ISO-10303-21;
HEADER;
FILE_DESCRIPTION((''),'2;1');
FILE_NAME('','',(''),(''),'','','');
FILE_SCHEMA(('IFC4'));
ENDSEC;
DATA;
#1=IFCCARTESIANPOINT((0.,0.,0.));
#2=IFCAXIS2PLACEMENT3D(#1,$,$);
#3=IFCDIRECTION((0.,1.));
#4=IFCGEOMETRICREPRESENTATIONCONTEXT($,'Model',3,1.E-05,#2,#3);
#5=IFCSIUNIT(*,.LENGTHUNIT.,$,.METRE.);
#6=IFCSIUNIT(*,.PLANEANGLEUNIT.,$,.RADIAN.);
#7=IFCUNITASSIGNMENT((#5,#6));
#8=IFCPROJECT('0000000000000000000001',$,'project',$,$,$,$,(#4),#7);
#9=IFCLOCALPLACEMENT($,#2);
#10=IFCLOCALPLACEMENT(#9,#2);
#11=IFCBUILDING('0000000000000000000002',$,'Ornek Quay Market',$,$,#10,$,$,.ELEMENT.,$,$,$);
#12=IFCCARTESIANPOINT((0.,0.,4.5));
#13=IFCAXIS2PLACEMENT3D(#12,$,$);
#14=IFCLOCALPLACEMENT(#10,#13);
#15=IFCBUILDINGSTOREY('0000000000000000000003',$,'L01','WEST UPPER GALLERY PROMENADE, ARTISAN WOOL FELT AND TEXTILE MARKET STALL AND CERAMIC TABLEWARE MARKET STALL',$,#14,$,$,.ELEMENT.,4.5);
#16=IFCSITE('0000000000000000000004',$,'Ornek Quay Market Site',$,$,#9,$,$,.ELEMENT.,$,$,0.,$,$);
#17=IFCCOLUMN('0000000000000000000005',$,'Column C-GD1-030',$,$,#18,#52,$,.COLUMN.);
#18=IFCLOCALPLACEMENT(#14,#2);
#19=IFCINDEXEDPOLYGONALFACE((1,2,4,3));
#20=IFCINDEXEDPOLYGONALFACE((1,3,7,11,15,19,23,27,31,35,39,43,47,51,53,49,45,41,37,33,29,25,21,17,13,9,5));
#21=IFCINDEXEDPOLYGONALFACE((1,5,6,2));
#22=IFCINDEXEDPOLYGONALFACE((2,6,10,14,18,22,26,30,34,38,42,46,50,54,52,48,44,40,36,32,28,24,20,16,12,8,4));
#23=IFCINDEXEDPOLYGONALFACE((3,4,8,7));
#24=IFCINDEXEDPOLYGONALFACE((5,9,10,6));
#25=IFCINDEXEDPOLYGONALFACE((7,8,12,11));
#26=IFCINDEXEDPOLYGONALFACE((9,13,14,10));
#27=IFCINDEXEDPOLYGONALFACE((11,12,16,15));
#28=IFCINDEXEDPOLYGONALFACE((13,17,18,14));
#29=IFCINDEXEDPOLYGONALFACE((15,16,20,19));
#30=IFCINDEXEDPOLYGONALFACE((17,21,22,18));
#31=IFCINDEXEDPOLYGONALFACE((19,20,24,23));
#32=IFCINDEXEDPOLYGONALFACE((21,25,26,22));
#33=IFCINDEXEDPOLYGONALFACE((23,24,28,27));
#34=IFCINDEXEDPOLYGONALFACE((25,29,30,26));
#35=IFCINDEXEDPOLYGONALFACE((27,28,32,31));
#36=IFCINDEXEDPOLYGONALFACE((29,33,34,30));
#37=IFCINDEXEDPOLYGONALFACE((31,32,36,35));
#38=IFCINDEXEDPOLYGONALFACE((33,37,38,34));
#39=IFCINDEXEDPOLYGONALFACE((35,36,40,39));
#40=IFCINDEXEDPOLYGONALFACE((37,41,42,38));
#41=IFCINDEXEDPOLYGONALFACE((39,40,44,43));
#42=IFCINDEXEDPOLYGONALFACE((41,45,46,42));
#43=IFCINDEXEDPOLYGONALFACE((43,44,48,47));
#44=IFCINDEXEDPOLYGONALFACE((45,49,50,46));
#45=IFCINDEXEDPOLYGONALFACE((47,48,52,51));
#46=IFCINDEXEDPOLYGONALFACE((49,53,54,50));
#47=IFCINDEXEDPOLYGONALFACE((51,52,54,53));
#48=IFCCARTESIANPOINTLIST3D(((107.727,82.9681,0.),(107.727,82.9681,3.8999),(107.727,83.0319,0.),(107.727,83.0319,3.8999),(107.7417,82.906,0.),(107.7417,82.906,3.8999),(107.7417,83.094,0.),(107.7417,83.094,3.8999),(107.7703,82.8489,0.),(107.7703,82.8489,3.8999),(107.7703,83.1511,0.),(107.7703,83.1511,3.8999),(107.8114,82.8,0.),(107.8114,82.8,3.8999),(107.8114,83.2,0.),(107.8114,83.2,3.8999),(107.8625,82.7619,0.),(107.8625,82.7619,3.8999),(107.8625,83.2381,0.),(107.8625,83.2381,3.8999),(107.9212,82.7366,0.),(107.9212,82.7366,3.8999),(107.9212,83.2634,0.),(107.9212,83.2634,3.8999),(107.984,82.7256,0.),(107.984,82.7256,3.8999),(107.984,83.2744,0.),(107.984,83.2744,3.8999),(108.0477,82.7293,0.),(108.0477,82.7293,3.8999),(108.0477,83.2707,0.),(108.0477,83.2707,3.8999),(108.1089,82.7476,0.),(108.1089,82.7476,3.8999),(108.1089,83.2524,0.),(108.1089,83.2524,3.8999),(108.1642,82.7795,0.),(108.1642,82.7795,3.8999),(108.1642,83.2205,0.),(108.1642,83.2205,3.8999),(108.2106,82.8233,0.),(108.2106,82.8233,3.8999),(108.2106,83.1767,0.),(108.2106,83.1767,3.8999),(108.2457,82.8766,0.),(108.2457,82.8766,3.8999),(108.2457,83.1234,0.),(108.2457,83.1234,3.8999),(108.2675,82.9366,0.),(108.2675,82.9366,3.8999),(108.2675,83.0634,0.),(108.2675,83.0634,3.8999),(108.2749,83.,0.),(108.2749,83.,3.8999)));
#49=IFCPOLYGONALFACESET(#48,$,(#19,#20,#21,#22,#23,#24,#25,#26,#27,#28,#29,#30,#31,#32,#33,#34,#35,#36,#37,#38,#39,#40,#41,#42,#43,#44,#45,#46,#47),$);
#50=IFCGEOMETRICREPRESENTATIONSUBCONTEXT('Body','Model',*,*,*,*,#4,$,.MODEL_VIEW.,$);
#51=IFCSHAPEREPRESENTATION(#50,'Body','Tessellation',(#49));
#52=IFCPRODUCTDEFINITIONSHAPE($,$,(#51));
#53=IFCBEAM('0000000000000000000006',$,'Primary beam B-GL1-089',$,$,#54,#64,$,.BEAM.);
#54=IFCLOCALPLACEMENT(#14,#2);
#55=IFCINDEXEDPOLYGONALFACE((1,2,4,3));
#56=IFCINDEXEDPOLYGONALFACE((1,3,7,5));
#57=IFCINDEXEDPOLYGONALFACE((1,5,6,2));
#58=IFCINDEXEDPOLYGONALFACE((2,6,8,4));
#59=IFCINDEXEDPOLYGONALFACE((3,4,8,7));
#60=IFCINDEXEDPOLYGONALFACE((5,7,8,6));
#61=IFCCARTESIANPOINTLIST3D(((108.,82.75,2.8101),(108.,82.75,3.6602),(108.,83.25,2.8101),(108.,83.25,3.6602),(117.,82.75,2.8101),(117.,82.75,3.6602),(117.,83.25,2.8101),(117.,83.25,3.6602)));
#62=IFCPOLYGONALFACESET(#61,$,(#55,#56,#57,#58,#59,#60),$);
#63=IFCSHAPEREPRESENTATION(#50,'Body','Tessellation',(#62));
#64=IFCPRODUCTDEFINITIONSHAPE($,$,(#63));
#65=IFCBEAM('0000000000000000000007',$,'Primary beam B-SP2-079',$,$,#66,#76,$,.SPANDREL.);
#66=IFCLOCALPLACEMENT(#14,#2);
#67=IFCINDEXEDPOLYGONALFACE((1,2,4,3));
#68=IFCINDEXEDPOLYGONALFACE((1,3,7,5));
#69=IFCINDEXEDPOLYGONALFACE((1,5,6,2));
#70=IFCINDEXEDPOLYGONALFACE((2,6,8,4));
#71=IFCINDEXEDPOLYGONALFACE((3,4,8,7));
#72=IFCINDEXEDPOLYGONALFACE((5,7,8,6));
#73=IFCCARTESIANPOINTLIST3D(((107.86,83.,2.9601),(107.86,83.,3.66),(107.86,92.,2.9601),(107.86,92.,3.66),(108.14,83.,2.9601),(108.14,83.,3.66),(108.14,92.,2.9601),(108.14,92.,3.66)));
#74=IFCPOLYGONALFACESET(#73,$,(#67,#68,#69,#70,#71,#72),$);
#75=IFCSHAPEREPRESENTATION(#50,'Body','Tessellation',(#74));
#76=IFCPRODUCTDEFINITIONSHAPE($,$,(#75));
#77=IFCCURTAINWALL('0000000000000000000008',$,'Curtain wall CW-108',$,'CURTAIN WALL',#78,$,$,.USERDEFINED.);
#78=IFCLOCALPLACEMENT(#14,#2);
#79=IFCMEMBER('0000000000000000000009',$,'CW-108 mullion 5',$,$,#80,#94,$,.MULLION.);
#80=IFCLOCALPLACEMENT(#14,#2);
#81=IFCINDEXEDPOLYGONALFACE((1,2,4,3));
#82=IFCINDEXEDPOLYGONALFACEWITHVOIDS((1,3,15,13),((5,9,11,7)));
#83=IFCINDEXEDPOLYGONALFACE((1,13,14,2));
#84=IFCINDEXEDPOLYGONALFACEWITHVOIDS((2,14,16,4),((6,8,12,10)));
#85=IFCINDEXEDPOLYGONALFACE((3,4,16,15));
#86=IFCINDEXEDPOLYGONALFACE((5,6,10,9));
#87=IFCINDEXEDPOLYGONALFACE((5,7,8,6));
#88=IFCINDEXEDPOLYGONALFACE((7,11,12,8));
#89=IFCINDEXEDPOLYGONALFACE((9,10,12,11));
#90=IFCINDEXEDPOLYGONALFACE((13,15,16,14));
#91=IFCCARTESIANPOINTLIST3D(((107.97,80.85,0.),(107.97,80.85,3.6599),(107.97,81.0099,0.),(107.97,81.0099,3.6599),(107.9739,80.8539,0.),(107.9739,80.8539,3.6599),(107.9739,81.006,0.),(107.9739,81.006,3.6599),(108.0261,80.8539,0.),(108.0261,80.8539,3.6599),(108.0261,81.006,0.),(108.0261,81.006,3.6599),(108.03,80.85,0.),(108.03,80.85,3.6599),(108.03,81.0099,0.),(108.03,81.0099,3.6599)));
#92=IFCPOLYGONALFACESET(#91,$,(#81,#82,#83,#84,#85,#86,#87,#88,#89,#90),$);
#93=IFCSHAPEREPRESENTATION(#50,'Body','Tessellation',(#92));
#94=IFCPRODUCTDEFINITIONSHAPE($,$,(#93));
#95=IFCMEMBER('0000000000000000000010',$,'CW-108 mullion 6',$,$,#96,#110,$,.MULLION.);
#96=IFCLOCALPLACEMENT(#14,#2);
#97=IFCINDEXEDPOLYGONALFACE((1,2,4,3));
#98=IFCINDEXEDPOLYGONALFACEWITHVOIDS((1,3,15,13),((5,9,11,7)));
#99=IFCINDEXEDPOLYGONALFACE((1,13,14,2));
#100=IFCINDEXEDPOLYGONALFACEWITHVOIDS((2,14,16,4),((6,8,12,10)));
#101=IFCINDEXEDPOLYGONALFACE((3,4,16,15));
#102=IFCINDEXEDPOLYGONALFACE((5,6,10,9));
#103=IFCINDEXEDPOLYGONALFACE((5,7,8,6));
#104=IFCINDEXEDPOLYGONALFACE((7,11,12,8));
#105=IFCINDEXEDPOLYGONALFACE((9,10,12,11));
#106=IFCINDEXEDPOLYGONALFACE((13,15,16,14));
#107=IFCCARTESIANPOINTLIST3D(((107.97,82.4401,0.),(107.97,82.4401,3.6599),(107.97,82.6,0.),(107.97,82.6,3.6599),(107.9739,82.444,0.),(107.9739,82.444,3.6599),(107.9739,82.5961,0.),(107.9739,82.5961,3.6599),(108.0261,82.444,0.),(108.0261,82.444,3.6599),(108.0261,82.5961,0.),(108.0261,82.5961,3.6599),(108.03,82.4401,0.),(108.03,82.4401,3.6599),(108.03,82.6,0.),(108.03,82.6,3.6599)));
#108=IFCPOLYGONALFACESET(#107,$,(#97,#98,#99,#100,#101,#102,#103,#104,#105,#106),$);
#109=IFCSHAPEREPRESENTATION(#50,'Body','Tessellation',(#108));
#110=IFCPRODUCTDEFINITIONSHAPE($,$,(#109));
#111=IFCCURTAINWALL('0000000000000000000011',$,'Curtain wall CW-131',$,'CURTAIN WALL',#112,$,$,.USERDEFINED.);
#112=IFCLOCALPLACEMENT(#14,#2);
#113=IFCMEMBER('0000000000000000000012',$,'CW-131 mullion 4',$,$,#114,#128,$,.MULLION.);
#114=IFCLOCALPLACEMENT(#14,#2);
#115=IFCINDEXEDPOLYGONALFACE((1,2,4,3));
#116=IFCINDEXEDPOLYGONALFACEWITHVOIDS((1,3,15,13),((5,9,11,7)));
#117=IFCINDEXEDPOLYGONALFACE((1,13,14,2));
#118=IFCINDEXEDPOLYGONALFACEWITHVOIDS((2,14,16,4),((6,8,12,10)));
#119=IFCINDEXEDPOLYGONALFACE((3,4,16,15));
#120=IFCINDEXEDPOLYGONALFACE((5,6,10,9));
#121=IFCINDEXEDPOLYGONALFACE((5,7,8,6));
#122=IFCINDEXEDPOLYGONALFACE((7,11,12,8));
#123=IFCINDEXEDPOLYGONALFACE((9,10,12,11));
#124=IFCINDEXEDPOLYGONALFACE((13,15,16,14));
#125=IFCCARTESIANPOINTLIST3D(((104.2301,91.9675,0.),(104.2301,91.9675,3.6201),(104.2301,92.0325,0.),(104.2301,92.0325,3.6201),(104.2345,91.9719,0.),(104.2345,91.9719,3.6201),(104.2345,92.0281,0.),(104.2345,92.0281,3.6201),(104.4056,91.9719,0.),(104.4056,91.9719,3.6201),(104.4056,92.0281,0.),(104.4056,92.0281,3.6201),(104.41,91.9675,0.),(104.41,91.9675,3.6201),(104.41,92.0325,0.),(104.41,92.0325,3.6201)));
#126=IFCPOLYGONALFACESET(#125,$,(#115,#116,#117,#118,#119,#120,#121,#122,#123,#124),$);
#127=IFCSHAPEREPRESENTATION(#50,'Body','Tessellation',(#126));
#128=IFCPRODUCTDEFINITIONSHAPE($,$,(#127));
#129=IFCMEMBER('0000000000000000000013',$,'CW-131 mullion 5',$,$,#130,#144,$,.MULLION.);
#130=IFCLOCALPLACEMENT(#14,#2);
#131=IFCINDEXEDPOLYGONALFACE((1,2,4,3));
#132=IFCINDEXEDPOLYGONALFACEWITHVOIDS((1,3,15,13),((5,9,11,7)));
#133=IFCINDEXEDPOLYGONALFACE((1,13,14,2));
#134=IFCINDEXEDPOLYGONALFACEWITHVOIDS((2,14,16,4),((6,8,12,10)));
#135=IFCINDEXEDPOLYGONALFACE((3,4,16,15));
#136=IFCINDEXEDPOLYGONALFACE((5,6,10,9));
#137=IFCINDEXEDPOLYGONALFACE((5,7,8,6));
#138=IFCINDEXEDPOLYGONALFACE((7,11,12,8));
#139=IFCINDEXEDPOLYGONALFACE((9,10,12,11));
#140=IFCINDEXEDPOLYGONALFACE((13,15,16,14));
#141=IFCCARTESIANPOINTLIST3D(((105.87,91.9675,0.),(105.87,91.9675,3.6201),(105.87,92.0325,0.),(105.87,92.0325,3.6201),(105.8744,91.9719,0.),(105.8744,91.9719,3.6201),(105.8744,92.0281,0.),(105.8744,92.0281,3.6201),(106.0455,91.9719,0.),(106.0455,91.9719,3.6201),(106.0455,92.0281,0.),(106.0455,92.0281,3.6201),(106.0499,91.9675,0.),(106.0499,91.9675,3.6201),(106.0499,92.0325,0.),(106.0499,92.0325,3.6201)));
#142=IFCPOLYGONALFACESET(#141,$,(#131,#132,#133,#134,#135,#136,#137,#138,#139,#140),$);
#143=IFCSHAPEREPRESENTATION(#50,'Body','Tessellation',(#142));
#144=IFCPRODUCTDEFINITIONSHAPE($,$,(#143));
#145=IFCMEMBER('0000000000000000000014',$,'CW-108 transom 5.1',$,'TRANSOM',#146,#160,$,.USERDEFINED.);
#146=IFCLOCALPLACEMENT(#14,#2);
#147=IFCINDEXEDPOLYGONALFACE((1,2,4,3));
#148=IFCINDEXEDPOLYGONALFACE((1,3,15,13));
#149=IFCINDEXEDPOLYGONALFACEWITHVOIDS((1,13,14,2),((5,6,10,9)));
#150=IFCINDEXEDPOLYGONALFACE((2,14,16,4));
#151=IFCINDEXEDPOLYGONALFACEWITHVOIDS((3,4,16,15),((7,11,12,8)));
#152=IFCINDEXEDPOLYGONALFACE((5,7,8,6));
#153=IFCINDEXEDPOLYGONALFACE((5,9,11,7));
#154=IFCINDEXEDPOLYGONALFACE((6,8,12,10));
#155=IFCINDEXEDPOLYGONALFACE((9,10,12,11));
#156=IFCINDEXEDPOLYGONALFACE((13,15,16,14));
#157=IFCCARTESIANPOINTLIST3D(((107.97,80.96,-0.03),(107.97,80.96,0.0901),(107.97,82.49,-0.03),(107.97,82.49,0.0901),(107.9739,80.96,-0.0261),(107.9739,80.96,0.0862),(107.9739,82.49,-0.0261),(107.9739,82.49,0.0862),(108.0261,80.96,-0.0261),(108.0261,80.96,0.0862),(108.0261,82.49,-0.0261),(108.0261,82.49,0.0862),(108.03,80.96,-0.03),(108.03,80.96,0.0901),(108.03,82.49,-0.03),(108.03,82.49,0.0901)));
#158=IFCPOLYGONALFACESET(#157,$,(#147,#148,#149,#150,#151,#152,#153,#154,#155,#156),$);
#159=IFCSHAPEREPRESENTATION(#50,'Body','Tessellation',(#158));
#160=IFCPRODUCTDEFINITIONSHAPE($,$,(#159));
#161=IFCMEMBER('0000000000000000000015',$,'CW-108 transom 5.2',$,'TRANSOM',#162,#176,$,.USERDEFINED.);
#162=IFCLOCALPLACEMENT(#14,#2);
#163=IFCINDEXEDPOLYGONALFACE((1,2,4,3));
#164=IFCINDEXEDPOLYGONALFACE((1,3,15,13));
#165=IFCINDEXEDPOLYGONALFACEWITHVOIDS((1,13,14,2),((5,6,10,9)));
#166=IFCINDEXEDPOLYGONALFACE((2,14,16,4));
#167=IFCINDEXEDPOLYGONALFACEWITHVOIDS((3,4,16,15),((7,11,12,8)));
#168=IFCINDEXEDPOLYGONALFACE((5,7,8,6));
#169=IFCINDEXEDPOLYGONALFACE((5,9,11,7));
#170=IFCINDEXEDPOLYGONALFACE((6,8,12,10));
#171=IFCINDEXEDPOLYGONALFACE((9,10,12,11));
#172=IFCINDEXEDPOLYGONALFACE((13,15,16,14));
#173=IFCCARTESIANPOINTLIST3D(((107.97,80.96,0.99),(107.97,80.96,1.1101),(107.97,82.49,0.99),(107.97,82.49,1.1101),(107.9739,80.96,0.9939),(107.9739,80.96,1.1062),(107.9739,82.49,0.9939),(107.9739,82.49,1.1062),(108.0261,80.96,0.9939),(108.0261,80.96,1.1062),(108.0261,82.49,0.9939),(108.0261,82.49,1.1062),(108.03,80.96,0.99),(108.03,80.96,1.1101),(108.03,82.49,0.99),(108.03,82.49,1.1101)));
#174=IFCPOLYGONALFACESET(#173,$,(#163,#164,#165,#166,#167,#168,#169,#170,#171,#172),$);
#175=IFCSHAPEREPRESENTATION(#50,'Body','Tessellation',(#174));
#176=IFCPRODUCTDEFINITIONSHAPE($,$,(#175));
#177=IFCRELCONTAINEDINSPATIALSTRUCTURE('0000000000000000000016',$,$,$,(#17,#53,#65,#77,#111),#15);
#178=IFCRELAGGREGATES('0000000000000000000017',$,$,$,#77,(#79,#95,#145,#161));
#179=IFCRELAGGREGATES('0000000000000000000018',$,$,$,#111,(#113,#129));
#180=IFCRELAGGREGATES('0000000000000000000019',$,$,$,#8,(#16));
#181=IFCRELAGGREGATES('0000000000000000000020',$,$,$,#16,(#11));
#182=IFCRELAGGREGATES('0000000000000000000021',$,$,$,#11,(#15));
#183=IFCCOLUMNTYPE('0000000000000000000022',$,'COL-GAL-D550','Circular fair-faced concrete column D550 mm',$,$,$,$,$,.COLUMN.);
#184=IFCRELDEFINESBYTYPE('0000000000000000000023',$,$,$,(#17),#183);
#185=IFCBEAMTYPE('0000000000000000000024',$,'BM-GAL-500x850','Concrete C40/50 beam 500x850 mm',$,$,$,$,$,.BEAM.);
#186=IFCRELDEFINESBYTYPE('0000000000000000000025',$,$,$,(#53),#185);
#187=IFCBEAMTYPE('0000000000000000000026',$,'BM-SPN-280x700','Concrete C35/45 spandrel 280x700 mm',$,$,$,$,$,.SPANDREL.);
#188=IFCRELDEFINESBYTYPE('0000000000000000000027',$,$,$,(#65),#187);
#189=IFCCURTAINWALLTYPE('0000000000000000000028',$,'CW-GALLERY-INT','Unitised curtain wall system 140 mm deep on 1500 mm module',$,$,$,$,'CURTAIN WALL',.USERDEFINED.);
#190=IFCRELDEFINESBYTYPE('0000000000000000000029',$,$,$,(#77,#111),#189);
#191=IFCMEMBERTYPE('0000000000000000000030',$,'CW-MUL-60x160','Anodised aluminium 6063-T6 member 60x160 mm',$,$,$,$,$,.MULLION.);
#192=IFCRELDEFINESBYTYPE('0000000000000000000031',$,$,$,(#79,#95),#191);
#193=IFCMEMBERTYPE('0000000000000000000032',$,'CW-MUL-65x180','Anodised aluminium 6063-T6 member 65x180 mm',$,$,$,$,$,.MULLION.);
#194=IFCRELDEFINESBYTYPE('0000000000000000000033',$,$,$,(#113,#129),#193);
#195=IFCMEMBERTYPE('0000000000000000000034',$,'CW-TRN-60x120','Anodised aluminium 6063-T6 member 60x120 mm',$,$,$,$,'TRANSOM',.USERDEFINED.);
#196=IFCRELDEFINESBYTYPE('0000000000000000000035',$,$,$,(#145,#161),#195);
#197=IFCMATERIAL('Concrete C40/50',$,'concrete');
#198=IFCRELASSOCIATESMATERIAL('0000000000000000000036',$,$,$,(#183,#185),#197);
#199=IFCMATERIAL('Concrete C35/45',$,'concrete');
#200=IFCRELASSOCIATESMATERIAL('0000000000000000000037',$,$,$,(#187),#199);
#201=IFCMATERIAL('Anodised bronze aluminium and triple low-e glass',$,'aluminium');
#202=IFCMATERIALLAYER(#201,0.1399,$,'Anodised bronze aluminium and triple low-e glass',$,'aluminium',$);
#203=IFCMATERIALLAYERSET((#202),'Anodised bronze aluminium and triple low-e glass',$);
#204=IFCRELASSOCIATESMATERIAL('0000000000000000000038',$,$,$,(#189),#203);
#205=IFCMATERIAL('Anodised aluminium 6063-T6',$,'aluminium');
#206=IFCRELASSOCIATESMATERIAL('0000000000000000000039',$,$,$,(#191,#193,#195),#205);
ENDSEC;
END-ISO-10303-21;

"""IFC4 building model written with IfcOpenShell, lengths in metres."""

from ifc_helpers import new_model, si_unit, direction, frame, origin, origin_2d, place, context, subcontext, project, spatial, rectangle, hollow_rectangle, circle, extrude, material, layer, layer_set, material_profile, profile_set, type_object, element, aggregate, save


model = new_model("IFC4")

# Units and contexts
model_context = context("Model", 3, precision=1e-05, world=origin(), true_north=direction((0.0, 1.0)))
body_context = subcontext(model_context, "Body", "Model", "MODEL_VIEW")
ifc_project = project(units=[si_unit("LENGTHUNIT", "METRE"), si_unit("PLANEANGLEUNIT", "RADIAN")], contexts=[model_context])

# Site, building, storey
site_placement = place(None, origin())
site = spatial("IfcSite", under=ifc_project, at=site_placement, Name="Ornek Quay Market Site", CompositionType="ELEMENT", RefElevation=0.0)
building_placement = place(site_placement, origin())
building = spatial("IfcBuilding", under=site, at=building_placement, Name="Ornek Quay Market", CompositionType="ELEMENT")
storey_placement = place(building_placement, frame((0.0, 0.0, 4.5)))
storey = spatial("IfcBuildingStorey", under=building, at=storey_placement, Name="L01", Description="WEST UPPER GALLERY PROMENADE, ARTISAN WOOL FELT AND TEXTILE MARKET STALL AND CERAMIC TABLEWARE MARKET STALL", CompositionType="ELEMENT", Elevation=4.5)

# Column
ifc_material_1 = material(Name="Concrete C40/50", Category="concrete")
ifc_material_profile_1 = material_profile(ifc_material_1, circle(Radius=0.2749, at=origin_2d()), Name="RC D550", Category="concrete")
ifc_profile_set_1 = profile_set([ifc_material_profile_1], Name="Concrete C40/50")
column_type = type_object("IfcColumnType", Name="COL-GAL-D550", Description="Circular fair-faced concrete column D550 mm", PredefinedType="COLUMN", material=ifc_profile_set_1)
column_placement = place(storey_placement, frame((108.0, 83.0, 0.0), z_axis=(0.0, 0.0, 1.0), x_axis=(1.0, 0.0, 0.0)))
element("IfcColumn", 1, at=column_placement, inside=storey, type_object=column_type, Name="Column C-GD1-030", PredefinedType="COLUMN", context=body_context, shape_type="SweptSolid", body=[
    extrude(circle(Radius=0.2749, at=origin_2d()), origin(), (0.0, 0.0, 1.0), 3.8999),
])

# Beams
ifc_material_profile_2 = material_profile(ifc_material_1, rectangle(XDim=0.5, YDim=0.8501, at=origin_2d()), Name="RC 500x850", Category="concrete")
ifc_profile_set_2 = profile_set([ifc_material_profile_2], Name="Concrete C40/50")
beam_type_1 = type_object("IfcBeamType", Name="BM-GAL-500x850", Description="Concrete C40/50 beam 500x850 mm", PredefinedType="BEAM", material=ifc_profile_set_2)
beam_1_placement = place(storey_placement, frame((108.0, 83.0, 3.2351), z_axis=(1.0, 0.0, 0.0), x_axis=(0.0, 1.0, 0.0)))
element("IfcBeam", 2, at=beam_1_placement, inside=storey, type_object=beam_type_1, Name="Primary beam B-GL1-089", PredefinedType="BEAM", context=body_context, shape_type="SweptSolid", body=[
    extrude(rectangle(XDim=0.5, YDim=0.8501, at=origin_2d()), origin(), (0.0, 0.0, 1.0), 9.0),
])
ifc_material_2 = material(Name="Concrete C35/45", Category="concrete")
ifc_material_profile_3 = material_profile(ifc_material_2, rectangle(XDim=0.28, YDim=0.7, at=origin_2d()), Name="RC 280x700", Category="concrete")
ifc_profile_set_3 = profile_set([ifc_material_profile_3], Name="Concrete C35/45")
beam_type_2 = type_object("IfcBeamType", Name="BM-SPN-280x700", Description="Concrete C35/45 spandrel 280x700 mm", PredefinedType="SPANDREL", material=ifc_profile_set_3)
beam_2_placement = place(storey_placement, frame((108.0, 83.0, 3.3101), z_axis=(0.0, 1.0, 0.0), x_axis=(-1.0, 0.0, 0.0)))
element("IfcBeam", 3, at=beam_2_placement, inside=storey, type_object=beam_type_2, Name="Primary beam B-SP2-079", PredefinedType="SPANDREL", context=body_context, shape_type="SweptSolid", body=[
    extrude(rectangle(XDim=0.28, YDim=0.7, at=origin_2d()), origin(), (0.0, 0.0, 1.0), 9.0),
])

# Curtain walls, members
ifc_material_3 = material(Name="Anodised bronze aluminium and triple low-e glass", Category="aluminium")
ifc_layer_1 = layer(ifc_material_3, 0.1399, Name="Anodised bronze aluminium and triple low-e glass", Category="aluminium")
ifc_layer_set_1 = layer_set([ifc_layer_1], Name="Anodised bronze aluminium and triple low-e glass")
curtain_wall_type = type_object("IfcCurtainWallType", Name="CW-GALLERY-INT", Description="Unitised curtain wall system 140 mm deep on 1500 mm module", ElementType="CURTAIN WALL", PredefinedType="USERDEFINED", material=ifc_layer_set_1)
curtain_wall_1_placement = place(storey_placement, origin())
curtain_wall_1 = element("IfcCurtainWall", 4, at=curtain_wall_1_placement, inside=storey, type_object=curtain_wall_type, Name="Curtain wall CW-108", ObjectType="CURTAIN WALL", PredefinedType="USERDEFINED")
ifc_material_4 = material(Name="Anodised aluminium 6063-T6", Category="aluminium")
ifc_material_profile_4 = material_profile(ifc_material_4, hollow_rectangle(XDim=0.0601, YDim=0.1599, WallThickness=0.0039, at=origin_2d()), Name="CW-MUL-60x160", Category="aluminium")
ifc_profile_set_4 = profile_set([ifc_material_profile_4], Name="Anodised aluminium 6063-T6")
member_type_1 = type_object("IfcMemberType", Name="CW-MUL-60x160", Description="Anodised aluminium 6063-T6 member 60x160 mm", PredefinedType="MULLION", material=ifc_profile_set_4)
member_1_placement = place(storey_placement, frame((108.0, 80.9299, 0.0), z_axis=(0.0, 0.0, 1.0), x_axis=(-1.0, 0.0, 0.0)))
member_1 = element("IfcMember", 5, at=member_1_placement, type_object=member_type_1, Name="CW-108 mullion 5", PredefinedType="MULLION", context=body_context, shape_type="SweptSolid", body=[
    extrude(hollow_rectangle(XDim=0.0601, YDim=0.1599, WallThickness=0.0039, at=origin_2d()), origin(), (0.0, 0.0, 1.0), 3.6599),
])
member_2_placement = place(storey_placement, frame((108.0, 82.52, 0.0), z_axis=(0.0, 0.0, 1.0), x_axis=(-1.0, 0.0, 0.0)))
member_2 = element("IfcMember", 6, at=member_2_placement, type_object=member_type_1, Name="CW-108 mullion 6", PredefinedType="MULLION", context=body_context, shape_type="SweptSolid", body=[
    extrude(hollow_rectangle(XDim=0.0601, YDim=0.1599, WallThickness=0.0039, at=origin_2d()), origin(), (0.0, 0.0, 1.0), 3.6599),
])
curtain_wall_2_placement = place(storey_placement, origin())
curtain_wall_2 = element("IfcCurtainWall", 7, at=curtain_wall_2_placement, inside=storey, type_object=curtain_wall_type, Name="Curtain wall CW-131", ObjectType="CURTAIN WALL", PredefinedType="USERDEFINED")
ifc_material_profile_5 = material_profile(ifc_material_4, hollow_rectangle(XDim=0.0649, YDim=0.1799, WallThickness=0.0044, at=origin_2d()), Name="CW-MUL-65x180", Category="aluminium")
ifc_profile_set_5 = profile_set([ifc_material_profile_5], Name="Anodised aluminium 6063-T6")
member_type_2 = type_object("IfcMemberType", Name="CW-MUL-65x180", Description="Anodised aluminium 6063-T6 member 65x180 mm", PredefinedType="MULLION", material=ifc_profile_set_5)
member_3_placement = place(storey_placement, frame((104.3201, 92.0, 0.0), z_axis=(0.0, 0.0, 1.0), x_axis=(0.0, 1.0, 0.0)))
member_3 = element("IfcMember", 8, at=member_3_placement, type_object=member_type_2, Name="CW-131 mullion 4", PredefinedType="MULLION", context=body_context, shape_type="SweptSolid", body=[
    extrude(hollow_rectangle(XDim=0.0649, YDim=0.1799, WallThickness=0.0044, at=origin_2d()), origin(), (0.0, 0.0, 1.0), 3.6201),
])
member_4_placement = place(storey_placement, frame((105.96, 92.0, 0.0), z_axis=(0.0, 0.0, 1.0), x_axis=(0.0, 1.0, 0.0)))
member_4 = element("IfcMember", 9, at=member_4_placement, type_object=member_type_2, Name="CW-131 mullion 5", PredefinedType="MULLION", context=body_context, shape_type="SweptSolid", body=[
    extrude(hollow_rectangle(XDim=0.0649, YDim=0.1799, WallThickness=0.0044, at=origin_2d()), origin(), (0.0, 0.0, 1.0), 3.6201),
])

# Members
ifc_material_profile_6 = material_profile(ifc_material_4, hollow_rectangle(XDim=0.0601, YDim=0.1201, WallThickness=0.0039, at=origin_2d()), Name="CW-TRN-60x120", Category="aluminium")
ifc_profile_set_6 = profile_set([ifc_material_profile_6], Name="Anodised aluminium 6063-T6")
member_type_3 = type_object("IfcMemberType", Name="CW-TRN-60x120", Description="Anodised aluminium 6063-T6 member 60x120 mm", ElementType="TRANSOM", PredefinedType="USERDEFINED", material=ifc_profile_set_6)
member_5_placement = place(storey_placement, frame((108.0, 80.96, 0.03), z_axis=(0.0, 1.0, 0.0), x_axis=(-1.0, 0.0, 0.0)))
member_5 = element("IfcMember", 10, at=member_5_placement, type_object=member_type_3, Name="CW-108 transom 5.1", ObjectType="TRANSOM", PredefinedType="USERDEFINED", context=body_context, shape_type="SweptSolid", body=[
    extrude(hollow_rectangle(XDim=0.0601, YDim=0.1201, WallThickness=0.0039, at=origin_2d()), origin(), (0.0, 0.0, 1.0), 1.53),
])
member_6_placement = place(storey_placement, frame((108.0, 80.96, 1.05), z_axis=(0.0, 1.0, 0.0), x_axis=(-1.0, 0.0, 0.0)))
member_6 = element("IfcMember", 11, at=member_6_placement, type_object=member_type_3, Name="CW-108 transom 5.2", ObjectType="TRANSOM", PredefinedType="USERDEFINED", context=body_context, shape_type="SweptSolid", body=[
    extrude(hollow_rectangle(XDim=0.0601, YDim=0.1201, WallThickness=0.0039, at=origin_2d()), origin(), (0.0, 0.0, 1.0), 1.53),
])

aggregate(curtain_wall_1, [member_1, member_2, member_5, member_6])
aggregate(curtain_wall_2, [member_3, member_4])

save(model, "model.ifc")
